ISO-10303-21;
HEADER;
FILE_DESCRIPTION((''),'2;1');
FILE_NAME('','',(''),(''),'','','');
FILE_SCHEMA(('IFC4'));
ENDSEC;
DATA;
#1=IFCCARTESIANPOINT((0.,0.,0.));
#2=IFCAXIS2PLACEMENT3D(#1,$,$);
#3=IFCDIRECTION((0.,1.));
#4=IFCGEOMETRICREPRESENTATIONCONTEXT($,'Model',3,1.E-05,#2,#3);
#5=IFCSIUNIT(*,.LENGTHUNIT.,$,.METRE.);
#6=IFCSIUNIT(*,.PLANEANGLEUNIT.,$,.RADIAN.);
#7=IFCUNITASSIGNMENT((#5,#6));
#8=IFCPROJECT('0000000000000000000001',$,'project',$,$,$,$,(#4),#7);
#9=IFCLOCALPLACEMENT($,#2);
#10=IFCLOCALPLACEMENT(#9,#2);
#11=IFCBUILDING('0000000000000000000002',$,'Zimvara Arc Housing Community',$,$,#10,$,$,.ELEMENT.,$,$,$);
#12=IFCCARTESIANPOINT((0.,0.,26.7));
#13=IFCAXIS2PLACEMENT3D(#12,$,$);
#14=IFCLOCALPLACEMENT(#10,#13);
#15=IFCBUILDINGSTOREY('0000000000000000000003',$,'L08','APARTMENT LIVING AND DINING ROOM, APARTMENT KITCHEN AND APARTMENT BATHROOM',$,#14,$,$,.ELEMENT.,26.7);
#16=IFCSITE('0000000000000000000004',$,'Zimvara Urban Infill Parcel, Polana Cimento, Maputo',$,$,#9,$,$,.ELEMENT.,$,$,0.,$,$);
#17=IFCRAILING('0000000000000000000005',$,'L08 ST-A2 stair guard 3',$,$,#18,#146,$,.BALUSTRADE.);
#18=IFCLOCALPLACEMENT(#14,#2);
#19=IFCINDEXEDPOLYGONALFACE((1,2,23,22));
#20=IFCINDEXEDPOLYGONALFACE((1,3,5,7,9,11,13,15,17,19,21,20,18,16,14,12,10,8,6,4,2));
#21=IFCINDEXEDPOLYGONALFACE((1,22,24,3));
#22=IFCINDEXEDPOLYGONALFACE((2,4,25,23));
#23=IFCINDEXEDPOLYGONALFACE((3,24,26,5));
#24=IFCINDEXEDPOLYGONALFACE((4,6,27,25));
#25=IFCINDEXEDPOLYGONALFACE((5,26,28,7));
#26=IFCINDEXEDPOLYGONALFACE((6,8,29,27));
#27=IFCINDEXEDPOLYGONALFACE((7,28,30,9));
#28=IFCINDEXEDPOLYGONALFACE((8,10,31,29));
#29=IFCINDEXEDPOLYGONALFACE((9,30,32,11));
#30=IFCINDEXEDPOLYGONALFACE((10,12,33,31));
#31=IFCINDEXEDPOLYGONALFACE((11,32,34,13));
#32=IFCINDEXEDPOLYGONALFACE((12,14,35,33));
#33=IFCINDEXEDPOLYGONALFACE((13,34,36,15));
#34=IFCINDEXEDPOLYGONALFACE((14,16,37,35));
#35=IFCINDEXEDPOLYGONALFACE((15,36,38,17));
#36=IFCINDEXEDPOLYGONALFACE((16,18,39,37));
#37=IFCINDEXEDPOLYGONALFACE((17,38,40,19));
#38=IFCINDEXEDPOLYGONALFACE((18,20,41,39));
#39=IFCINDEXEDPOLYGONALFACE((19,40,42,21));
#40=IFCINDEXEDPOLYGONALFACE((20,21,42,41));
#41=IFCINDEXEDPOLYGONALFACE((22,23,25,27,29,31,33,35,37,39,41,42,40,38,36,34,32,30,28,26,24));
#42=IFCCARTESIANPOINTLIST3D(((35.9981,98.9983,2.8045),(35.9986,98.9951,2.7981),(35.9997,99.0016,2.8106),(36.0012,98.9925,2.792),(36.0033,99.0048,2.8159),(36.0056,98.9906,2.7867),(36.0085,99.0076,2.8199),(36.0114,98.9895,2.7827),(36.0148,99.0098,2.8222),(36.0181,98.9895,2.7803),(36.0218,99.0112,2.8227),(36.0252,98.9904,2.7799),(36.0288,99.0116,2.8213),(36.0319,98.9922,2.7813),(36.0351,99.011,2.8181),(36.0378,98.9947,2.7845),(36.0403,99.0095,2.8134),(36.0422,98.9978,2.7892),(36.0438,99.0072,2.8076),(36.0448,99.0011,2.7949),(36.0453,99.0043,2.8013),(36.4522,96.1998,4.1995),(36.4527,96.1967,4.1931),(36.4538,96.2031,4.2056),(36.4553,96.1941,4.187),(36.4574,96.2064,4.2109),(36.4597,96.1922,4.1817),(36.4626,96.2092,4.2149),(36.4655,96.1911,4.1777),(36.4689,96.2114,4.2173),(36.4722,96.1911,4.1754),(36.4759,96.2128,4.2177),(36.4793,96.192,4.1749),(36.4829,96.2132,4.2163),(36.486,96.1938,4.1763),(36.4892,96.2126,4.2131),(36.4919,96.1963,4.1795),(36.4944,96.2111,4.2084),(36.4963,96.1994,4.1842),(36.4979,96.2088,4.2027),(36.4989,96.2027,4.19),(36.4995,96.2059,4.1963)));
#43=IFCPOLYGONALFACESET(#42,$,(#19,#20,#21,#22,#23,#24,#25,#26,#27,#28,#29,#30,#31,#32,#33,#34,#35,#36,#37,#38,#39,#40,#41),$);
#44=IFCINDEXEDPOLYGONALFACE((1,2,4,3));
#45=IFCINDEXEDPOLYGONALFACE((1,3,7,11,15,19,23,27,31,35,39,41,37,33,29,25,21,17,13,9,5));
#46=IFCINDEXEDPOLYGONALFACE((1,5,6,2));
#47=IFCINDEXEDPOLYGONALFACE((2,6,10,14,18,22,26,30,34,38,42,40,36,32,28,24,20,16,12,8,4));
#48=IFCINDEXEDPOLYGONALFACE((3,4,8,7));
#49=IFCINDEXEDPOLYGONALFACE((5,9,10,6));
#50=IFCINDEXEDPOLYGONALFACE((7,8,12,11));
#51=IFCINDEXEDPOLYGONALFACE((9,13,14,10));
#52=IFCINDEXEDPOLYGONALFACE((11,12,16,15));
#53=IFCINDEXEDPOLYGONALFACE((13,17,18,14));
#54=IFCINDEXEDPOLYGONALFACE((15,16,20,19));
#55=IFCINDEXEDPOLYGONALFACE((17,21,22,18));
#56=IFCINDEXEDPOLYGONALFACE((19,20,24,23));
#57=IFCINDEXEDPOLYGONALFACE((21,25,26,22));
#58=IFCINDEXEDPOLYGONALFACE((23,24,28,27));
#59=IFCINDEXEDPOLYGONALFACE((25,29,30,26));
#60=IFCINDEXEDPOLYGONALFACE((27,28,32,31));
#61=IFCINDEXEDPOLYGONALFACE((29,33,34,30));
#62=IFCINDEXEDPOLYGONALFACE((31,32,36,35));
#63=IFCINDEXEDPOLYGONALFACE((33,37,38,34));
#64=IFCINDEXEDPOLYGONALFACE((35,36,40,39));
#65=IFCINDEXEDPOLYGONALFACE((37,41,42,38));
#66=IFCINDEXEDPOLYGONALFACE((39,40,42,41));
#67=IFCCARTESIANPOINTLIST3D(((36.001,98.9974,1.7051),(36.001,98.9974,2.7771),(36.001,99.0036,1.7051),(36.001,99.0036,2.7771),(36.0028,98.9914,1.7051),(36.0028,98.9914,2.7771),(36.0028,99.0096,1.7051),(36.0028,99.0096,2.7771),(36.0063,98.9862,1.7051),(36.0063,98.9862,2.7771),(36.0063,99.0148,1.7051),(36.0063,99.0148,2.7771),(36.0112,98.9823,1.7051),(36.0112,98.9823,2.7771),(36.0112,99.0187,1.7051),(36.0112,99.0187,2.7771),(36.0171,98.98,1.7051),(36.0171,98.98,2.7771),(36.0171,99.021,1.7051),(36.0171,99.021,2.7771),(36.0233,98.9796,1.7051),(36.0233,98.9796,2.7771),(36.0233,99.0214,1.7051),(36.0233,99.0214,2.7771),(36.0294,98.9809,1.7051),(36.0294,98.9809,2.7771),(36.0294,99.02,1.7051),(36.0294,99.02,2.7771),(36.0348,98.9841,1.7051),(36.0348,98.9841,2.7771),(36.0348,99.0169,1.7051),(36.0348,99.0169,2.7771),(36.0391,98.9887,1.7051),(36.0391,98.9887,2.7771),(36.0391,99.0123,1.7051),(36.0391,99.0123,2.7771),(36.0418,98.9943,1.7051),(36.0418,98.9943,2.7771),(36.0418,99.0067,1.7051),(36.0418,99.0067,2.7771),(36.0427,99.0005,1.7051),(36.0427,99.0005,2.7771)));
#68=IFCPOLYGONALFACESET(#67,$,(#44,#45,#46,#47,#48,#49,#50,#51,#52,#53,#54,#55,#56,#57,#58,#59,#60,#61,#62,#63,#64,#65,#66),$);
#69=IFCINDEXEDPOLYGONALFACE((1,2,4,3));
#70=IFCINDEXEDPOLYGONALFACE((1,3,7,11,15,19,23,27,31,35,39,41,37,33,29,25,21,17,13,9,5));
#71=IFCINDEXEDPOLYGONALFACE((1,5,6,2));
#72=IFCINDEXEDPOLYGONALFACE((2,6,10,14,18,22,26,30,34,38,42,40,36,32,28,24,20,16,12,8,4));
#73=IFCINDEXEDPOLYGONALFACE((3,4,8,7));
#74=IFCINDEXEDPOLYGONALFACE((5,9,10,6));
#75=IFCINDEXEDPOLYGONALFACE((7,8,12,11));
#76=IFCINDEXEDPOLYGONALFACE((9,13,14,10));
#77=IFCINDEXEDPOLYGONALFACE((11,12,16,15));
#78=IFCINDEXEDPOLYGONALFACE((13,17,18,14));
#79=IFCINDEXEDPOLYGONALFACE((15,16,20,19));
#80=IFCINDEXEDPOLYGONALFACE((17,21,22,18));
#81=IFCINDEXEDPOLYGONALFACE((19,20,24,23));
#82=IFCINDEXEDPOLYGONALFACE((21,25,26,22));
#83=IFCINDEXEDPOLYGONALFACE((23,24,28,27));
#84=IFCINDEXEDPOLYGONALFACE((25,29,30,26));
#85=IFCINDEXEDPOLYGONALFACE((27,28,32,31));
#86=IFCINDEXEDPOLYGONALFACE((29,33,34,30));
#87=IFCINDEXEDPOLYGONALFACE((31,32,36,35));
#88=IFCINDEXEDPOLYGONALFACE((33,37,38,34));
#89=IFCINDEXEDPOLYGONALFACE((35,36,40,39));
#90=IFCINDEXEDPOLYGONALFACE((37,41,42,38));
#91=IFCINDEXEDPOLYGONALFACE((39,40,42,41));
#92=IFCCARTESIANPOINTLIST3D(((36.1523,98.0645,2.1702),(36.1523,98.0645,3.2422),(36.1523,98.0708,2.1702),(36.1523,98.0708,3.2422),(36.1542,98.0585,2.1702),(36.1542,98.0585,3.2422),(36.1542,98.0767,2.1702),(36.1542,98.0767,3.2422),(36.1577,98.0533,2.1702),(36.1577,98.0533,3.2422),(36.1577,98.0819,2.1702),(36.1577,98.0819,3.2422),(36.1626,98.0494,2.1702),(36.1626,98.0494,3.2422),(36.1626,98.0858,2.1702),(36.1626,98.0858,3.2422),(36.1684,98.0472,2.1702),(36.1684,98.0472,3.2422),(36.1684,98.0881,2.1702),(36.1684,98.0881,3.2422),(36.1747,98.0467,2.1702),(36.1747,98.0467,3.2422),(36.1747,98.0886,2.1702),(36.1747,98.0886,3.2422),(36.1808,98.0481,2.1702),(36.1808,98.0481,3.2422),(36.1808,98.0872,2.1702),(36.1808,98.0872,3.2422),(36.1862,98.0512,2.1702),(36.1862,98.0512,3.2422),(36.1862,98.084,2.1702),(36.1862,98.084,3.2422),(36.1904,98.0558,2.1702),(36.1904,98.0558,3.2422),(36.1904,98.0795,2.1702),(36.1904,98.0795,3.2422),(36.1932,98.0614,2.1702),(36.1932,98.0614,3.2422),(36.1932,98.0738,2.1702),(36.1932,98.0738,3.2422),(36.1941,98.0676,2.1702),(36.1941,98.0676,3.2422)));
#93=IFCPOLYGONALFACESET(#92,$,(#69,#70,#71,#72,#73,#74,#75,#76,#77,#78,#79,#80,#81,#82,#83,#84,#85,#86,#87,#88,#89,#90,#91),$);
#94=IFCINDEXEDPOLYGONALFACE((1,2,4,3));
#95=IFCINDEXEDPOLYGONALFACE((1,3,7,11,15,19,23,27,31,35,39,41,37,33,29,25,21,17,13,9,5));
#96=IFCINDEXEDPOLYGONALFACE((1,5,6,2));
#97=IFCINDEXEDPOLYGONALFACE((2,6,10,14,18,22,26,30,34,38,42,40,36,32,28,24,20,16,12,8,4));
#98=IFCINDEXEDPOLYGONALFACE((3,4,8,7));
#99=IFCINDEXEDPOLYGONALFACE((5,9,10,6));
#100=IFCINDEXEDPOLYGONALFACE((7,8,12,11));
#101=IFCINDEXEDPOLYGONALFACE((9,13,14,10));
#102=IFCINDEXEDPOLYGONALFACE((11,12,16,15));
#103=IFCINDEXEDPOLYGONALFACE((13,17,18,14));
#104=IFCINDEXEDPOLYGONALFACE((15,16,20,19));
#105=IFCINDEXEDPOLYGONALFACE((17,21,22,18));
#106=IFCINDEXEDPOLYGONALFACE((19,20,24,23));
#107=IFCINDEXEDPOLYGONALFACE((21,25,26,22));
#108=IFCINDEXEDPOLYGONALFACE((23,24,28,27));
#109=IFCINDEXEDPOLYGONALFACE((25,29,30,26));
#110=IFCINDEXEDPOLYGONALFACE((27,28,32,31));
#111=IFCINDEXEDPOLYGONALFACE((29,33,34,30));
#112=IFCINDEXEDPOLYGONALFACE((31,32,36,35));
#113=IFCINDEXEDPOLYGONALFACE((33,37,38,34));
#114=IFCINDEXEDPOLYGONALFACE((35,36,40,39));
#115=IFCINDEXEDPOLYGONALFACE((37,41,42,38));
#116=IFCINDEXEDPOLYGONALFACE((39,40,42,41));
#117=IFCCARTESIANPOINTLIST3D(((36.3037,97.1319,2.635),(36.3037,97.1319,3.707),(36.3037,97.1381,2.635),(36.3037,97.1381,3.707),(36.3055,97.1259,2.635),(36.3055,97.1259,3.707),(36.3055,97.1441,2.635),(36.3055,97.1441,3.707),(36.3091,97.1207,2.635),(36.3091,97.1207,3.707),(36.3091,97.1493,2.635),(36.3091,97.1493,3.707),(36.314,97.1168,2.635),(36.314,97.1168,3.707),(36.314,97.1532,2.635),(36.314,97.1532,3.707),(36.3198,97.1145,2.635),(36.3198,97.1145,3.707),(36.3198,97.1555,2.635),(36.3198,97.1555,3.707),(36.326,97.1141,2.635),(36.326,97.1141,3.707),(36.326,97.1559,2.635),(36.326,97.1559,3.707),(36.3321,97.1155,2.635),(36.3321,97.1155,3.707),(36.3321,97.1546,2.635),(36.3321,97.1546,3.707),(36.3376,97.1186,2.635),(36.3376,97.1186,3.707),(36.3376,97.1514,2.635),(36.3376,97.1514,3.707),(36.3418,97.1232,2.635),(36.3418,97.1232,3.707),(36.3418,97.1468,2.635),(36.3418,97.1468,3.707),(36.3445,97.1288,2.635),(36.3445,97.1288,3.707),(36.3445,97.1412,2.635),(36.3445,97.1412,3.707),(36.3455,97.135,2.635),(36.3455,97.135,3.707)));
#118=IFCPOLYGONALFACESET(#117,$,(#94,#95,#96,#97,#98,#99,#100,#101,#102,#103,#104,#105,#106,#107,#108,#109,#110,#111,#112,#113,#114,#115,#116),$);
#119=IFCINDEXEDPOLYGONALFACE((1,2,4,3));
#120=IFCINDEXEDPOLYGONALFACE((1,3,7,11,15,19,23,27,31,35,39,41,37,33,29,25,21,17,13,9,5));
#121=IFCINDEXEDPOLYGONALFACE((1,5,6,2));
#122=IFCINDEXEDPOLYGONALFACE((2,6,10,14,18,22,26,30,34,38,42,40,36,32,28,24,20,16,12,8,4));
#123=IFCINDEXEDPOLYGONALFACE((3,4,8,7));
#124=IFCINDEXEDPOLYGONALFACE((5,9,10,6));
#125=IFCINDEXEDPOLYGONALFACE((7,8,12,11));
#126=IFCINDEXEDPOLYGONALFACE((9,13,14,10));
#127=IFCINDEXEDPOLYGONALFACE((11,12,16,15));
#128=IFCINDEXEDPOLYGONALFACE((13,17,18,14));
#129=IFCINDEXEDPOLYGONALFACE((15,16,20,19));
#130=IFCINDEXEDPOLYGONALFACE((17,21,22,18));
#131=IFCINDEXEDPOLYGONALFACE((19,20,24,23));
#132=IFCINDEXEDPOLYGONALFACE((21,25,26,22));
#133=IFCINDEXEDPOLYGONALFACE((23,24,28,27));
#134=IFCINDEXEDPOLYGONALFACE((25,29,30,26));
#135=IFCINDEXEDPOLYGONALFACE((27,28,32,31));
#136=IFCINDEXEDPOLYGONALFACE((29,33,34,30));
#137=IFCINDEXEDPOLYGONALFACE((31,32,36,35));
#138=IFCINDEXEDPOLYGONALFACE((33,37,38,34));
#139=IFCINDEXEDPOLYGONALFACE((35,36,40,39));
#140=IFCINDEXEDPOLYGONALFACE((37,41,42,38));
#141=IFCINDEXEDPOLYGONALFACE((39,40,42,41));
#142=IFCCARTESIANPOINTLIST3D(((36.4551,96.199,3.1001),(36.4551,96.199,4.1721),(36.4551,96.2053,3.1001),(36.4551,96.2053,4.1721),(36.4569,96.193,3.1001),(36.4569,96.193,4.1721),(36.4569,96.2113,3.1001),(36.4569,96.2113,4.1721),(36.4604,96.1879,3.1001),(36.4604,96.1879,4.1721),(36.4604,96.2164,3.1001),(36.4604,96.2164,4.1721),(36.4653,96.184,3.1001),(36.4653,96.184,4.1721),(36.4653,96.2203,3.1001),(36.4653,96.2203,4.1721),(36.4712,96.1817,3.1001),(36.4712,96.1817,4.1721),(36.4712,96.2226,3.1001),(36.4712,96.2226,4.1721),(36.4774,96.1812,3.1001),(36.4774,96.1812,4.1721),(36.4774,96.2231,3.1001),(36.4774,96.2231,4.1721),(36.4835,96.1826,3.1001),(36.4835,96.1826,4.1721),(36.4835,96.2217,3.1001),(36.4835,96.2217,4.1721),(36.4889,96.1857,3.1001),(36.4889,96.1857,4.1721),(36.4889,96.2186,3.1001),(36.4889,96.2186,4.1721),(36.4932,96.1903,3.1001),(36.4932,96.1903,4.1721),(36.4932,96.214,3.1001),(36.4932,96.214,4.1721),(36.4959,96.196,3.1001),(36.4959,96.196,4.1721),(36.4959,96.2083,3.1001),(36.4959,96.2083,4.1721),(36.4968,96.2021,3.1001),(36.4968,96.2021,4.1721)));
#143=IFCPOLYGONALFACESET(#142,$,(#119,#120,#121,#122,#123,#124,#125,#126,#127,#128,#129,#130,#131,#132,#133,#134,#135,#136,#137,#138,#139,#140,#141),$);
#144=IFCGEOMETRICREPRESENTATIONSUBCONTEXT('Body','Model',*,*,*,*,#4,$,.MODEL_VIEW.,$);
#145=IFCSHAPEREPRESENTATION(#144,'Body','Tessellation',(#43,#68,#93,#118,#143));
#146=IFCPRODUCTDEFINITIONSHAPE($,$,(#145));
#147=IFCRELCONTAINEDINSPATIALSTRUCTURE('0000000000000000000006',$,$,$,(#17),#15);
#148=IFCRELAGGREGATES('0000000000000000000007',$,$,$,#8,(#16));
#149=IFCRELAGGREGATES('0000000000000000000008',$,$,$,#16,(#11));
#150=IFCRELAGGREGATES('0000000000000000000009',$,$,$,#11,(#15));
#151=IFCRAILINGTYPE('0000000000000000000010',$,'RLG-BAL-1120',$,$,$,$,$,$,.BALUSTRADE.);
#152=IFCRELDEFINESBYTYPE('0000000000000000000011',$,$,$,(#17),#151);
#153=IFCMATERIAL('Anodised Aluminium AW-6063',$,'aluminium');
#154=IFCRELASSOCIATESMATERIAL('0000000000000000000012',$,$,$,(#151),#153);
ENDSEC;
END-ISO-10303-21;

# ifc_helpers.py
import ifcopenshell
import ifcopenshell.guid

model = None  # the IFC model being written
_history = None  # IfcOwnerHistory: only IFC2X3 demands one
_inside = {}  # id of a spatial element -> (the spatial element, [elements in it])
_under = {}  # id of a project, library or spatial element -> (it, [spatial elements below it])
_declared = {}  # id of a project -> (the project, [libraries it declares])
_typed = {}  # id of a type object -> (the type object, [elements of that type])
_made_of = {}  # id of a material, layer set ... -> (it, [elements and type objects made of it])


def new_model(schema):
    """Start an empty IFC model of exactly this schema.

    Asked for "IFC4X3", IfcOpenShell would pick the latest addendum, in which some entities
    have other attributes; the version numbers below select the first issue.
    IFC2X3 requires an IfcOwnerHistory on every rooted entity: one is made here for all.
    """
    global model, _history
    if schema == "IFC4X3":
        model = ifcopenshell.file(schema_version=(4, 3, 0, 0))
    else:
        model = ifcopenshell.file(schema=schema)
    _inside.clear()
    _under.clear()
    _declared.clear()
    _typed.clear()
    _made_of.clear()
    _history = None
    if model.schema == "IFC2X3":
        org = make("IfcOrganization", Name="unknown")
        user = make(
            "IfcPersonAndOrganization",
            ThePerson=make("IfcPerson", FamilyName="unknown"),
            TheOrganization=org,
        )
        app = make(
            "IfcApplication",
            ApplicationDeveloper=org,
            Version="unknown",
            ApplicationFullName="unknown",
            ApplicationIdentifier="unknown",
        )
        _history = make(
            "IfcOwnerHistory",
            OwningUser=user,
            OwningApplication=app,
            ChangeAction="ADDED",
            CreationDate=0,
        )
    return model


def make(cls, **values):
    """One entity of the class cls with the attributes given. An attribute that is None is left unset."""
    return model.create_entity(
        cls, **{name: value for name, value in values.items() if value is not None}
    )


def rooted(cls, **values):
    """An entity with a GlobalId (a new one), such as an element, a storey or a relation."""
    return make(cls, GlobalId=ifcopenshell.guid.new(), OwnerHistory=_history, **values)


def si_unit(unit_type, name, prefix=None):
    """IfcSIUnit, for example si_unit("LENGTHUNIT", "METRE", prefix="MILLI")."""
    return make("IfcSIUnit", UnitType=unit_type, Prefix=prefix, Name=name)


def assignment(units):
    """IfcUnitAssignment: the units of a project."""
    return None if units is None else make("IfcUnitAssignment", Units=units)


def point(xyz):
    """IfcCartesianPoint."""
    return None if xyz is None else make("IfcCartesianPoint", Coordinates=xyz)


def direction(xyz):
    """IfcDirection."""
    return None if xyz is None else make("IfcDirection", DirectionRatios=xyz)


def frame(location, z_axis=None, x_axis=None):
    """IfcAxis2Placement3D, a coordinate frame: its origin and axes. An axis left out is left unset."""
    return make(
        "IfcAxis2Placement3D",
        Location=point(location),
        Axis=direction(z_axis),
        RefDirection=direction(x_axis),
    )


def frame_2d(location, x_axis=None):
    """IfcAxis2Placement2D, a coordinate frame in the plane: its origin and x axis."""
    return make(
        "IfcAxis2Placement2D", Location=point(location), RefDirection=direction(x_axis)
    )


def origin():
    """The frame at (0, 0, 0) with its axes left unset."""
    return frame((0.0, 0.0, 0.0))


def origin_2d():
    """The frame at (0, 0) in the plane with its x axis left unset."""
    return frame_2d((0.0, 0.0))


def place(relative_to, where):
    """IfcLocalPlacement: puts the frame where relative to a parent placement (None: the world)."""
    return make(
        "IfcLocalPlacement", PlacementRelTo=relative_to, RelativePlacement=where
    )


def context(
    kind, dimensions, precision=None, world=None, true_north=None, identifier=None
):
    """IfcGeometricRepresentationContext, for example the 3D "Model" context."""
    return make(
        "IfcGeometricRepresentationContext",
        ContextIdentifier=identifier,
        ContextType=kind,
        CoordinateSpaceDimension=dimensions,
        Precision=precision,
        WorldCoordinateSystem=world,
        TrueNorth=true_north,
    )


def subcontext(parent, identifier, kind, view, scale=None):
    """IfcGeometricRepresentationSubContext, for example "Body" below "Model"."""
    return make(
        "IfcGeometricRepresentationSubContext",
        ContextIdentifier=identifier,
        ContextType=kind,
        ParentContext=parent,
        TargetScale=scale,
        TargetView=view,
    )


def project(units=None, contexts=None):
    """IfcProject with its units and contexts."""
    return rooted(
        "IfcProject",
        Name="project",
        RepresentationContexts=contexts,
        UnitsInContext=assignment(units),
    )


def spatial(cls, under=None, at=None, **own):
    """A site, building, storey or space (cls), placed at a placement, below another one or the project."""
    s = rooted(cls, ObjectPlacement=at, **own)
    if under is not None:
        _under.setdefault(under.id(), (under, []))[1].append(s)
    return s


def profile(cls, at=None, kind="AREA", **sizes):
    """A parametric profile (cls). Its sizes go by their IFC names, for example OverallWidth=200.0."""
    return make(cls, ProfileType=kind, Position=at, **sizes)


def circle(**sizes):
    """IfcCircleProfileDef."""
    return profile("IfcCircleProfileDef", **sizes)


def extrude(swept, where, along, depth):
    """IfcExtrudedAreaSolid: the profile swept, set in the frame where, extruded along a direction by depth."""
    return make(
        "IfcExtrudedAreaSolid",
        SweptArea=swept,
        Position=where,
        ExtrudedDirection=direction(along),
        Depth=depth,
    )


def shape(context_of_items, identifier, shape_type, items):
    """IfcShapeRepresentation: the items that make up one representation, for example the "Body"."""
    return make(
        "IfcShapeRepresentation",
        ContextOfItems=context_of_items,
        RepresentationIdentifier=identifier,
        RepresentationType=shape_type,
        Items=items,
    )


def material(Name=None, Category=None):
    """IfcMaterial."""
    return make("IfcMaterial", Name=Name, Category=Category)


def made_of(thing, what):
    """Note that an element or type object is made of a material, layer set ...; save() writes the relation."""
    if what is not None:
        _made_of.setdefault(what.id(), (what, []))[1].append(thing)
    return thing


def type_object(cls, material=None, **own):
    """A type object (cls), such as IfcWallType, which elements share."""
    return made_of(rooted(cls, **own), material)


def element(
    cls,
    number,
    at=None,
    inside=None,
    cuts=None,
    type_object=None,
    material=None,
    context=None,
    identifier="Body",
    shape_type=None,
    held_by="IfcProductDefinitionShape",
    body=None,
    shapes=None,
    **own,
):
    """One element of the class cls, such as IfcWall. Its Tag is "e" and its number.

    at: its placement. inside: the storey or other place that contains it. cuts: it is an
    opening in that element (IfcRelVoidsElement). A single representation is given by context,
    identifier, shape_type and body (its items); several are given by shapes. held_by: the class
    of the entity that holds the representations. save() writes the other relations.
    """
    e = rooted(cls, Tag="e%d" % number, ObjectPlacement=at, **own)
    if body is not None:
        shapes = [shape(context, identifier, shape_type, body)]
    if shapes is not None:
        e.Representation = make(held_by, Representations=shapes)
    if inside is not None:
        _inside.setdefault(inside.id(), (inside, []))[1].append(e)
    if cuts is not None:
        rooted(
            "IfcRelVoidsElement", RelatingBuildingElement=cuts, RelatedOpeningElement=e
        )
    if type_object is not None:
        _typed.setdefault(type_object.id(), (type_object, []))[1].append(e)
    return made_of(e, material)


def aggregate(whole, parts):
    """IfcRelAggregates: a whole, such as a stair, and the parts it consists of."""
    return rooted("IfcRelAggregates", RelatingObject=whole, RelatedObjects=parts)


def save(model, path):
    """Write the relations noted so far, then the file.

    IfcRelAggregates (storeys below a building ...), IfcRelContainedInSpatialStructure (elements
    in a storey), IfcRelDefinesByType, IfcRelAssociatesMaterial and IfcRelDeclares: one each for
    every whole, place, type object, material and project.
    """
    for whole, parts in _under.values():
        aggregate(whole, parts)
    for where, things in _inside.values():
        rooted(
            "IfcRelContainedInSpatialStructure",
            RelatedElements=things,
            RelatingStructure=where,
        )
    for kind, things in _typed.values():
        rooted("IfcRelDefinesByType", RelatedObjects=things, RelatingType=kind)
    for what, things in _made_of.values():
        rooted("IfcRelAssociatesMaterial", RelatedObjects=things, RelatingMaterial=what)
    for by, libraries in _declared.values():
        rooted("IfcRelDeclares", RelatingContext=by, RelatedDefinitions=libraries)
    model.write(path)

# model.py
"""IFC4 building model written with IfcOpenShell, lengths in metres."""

from ifc_helpers import new_model, si_unit, direction, frame, origin, origin_2d, place, context, subcontext, project, spatial, circle, extrude, material, type_object, element, save


model = new_model("IFC4")

# Units and contexts
model_context = context("Model", 3, precision=1e-05, world=origin(), true_north=direction((0.0, 1.0)))
body_context = subcontext(model_context, "Body", "Model", "MODEL_VIEW")
ifc_project = project(units=[si_unit("LENGTHUNIT", "METRE"), si_unit("PLANEANGLEUNIT", "RADIAN")], contexts=[model_context])

# Site, building, storey
site_placement = place(None, origin())
site = spatial("IfcSite", under=ifc_project, at=site_placement, Name="Zimvara Urban Infill Parcel, Polana Cimento, Maputo", CompositionType="ELEMENT", RefElevation=0.0)
building_placement = place(site_placement, origin())
building = spatial("IfcBuilding", under=site, at=building_placement, Name="Zimvara Arc Housing Community", CompositionType="ELEMENT")
storey_placement = place(building_placement, frame((0.0, 0.0, 26.7)))
storey = spatial("IfcBuildingStorey", under=building, at=storey_placement, Name="L08", Description="APARTMENT LIVING AND DINING ROOM, APARTMENT KITCHEN AND APARTMENT BATHROOM", CompositionType="ELEMENT", Elevation=26.7)

# Railing
ifc_material_1 = material(Name="Anodised Aluminium AW-6063", Category="aluminium")
railing_type_1 = type_object("IfcRailingType", Name="RLG-BAL-1120", PredefinedType="BALUSTRADE", material=ifc_material_1)
railing_1_placement = place(storey_placement, frame((36.0217, 99.0005, 1.7051)))
element("IfcRailing", 1, at=railing_1_placement, inside=storey, type_object=railing_type_1, Name="L08 ST-A2 stair guard 3", PredefinedType="BALUSTRADE", context=body_context, shape_type="SweptSolid", body=[
    extrude(circle(Radius=0.0239, at=origin_2d()), frame((0.0, 0.0, 1.0962), z_axis=(0.143722, -0.885666, 0.44152), x_axis=(0.987088, 0.16018, 0.0)), (0.0, 0.0, 1.0), 3.1597),
    extrude(circle(Radius=0.021, at=origin_2d()), origin(), (0.0, 0.0, 1.0), 1.072),
    extrude(circle(Radius=0.021, at=origin_2d()), frame((0.1514, -0.9329, 0.4651)), (0.0, 0.0, 1.0), 1.072),
    extrude(circle(Radius=0.021, at=origin_2d()), frame((0.3027, -1.8655, 0.9299)), (0.0, 0.0, 1.0), 1.072),
    extrude(circle(Radius=0.021, at=origin_2d()), frame((0.4541, -2.7983, 1.395)), (0.0, 0.0, 1.0), 1.072),
])

save(model, "model.ifc")
